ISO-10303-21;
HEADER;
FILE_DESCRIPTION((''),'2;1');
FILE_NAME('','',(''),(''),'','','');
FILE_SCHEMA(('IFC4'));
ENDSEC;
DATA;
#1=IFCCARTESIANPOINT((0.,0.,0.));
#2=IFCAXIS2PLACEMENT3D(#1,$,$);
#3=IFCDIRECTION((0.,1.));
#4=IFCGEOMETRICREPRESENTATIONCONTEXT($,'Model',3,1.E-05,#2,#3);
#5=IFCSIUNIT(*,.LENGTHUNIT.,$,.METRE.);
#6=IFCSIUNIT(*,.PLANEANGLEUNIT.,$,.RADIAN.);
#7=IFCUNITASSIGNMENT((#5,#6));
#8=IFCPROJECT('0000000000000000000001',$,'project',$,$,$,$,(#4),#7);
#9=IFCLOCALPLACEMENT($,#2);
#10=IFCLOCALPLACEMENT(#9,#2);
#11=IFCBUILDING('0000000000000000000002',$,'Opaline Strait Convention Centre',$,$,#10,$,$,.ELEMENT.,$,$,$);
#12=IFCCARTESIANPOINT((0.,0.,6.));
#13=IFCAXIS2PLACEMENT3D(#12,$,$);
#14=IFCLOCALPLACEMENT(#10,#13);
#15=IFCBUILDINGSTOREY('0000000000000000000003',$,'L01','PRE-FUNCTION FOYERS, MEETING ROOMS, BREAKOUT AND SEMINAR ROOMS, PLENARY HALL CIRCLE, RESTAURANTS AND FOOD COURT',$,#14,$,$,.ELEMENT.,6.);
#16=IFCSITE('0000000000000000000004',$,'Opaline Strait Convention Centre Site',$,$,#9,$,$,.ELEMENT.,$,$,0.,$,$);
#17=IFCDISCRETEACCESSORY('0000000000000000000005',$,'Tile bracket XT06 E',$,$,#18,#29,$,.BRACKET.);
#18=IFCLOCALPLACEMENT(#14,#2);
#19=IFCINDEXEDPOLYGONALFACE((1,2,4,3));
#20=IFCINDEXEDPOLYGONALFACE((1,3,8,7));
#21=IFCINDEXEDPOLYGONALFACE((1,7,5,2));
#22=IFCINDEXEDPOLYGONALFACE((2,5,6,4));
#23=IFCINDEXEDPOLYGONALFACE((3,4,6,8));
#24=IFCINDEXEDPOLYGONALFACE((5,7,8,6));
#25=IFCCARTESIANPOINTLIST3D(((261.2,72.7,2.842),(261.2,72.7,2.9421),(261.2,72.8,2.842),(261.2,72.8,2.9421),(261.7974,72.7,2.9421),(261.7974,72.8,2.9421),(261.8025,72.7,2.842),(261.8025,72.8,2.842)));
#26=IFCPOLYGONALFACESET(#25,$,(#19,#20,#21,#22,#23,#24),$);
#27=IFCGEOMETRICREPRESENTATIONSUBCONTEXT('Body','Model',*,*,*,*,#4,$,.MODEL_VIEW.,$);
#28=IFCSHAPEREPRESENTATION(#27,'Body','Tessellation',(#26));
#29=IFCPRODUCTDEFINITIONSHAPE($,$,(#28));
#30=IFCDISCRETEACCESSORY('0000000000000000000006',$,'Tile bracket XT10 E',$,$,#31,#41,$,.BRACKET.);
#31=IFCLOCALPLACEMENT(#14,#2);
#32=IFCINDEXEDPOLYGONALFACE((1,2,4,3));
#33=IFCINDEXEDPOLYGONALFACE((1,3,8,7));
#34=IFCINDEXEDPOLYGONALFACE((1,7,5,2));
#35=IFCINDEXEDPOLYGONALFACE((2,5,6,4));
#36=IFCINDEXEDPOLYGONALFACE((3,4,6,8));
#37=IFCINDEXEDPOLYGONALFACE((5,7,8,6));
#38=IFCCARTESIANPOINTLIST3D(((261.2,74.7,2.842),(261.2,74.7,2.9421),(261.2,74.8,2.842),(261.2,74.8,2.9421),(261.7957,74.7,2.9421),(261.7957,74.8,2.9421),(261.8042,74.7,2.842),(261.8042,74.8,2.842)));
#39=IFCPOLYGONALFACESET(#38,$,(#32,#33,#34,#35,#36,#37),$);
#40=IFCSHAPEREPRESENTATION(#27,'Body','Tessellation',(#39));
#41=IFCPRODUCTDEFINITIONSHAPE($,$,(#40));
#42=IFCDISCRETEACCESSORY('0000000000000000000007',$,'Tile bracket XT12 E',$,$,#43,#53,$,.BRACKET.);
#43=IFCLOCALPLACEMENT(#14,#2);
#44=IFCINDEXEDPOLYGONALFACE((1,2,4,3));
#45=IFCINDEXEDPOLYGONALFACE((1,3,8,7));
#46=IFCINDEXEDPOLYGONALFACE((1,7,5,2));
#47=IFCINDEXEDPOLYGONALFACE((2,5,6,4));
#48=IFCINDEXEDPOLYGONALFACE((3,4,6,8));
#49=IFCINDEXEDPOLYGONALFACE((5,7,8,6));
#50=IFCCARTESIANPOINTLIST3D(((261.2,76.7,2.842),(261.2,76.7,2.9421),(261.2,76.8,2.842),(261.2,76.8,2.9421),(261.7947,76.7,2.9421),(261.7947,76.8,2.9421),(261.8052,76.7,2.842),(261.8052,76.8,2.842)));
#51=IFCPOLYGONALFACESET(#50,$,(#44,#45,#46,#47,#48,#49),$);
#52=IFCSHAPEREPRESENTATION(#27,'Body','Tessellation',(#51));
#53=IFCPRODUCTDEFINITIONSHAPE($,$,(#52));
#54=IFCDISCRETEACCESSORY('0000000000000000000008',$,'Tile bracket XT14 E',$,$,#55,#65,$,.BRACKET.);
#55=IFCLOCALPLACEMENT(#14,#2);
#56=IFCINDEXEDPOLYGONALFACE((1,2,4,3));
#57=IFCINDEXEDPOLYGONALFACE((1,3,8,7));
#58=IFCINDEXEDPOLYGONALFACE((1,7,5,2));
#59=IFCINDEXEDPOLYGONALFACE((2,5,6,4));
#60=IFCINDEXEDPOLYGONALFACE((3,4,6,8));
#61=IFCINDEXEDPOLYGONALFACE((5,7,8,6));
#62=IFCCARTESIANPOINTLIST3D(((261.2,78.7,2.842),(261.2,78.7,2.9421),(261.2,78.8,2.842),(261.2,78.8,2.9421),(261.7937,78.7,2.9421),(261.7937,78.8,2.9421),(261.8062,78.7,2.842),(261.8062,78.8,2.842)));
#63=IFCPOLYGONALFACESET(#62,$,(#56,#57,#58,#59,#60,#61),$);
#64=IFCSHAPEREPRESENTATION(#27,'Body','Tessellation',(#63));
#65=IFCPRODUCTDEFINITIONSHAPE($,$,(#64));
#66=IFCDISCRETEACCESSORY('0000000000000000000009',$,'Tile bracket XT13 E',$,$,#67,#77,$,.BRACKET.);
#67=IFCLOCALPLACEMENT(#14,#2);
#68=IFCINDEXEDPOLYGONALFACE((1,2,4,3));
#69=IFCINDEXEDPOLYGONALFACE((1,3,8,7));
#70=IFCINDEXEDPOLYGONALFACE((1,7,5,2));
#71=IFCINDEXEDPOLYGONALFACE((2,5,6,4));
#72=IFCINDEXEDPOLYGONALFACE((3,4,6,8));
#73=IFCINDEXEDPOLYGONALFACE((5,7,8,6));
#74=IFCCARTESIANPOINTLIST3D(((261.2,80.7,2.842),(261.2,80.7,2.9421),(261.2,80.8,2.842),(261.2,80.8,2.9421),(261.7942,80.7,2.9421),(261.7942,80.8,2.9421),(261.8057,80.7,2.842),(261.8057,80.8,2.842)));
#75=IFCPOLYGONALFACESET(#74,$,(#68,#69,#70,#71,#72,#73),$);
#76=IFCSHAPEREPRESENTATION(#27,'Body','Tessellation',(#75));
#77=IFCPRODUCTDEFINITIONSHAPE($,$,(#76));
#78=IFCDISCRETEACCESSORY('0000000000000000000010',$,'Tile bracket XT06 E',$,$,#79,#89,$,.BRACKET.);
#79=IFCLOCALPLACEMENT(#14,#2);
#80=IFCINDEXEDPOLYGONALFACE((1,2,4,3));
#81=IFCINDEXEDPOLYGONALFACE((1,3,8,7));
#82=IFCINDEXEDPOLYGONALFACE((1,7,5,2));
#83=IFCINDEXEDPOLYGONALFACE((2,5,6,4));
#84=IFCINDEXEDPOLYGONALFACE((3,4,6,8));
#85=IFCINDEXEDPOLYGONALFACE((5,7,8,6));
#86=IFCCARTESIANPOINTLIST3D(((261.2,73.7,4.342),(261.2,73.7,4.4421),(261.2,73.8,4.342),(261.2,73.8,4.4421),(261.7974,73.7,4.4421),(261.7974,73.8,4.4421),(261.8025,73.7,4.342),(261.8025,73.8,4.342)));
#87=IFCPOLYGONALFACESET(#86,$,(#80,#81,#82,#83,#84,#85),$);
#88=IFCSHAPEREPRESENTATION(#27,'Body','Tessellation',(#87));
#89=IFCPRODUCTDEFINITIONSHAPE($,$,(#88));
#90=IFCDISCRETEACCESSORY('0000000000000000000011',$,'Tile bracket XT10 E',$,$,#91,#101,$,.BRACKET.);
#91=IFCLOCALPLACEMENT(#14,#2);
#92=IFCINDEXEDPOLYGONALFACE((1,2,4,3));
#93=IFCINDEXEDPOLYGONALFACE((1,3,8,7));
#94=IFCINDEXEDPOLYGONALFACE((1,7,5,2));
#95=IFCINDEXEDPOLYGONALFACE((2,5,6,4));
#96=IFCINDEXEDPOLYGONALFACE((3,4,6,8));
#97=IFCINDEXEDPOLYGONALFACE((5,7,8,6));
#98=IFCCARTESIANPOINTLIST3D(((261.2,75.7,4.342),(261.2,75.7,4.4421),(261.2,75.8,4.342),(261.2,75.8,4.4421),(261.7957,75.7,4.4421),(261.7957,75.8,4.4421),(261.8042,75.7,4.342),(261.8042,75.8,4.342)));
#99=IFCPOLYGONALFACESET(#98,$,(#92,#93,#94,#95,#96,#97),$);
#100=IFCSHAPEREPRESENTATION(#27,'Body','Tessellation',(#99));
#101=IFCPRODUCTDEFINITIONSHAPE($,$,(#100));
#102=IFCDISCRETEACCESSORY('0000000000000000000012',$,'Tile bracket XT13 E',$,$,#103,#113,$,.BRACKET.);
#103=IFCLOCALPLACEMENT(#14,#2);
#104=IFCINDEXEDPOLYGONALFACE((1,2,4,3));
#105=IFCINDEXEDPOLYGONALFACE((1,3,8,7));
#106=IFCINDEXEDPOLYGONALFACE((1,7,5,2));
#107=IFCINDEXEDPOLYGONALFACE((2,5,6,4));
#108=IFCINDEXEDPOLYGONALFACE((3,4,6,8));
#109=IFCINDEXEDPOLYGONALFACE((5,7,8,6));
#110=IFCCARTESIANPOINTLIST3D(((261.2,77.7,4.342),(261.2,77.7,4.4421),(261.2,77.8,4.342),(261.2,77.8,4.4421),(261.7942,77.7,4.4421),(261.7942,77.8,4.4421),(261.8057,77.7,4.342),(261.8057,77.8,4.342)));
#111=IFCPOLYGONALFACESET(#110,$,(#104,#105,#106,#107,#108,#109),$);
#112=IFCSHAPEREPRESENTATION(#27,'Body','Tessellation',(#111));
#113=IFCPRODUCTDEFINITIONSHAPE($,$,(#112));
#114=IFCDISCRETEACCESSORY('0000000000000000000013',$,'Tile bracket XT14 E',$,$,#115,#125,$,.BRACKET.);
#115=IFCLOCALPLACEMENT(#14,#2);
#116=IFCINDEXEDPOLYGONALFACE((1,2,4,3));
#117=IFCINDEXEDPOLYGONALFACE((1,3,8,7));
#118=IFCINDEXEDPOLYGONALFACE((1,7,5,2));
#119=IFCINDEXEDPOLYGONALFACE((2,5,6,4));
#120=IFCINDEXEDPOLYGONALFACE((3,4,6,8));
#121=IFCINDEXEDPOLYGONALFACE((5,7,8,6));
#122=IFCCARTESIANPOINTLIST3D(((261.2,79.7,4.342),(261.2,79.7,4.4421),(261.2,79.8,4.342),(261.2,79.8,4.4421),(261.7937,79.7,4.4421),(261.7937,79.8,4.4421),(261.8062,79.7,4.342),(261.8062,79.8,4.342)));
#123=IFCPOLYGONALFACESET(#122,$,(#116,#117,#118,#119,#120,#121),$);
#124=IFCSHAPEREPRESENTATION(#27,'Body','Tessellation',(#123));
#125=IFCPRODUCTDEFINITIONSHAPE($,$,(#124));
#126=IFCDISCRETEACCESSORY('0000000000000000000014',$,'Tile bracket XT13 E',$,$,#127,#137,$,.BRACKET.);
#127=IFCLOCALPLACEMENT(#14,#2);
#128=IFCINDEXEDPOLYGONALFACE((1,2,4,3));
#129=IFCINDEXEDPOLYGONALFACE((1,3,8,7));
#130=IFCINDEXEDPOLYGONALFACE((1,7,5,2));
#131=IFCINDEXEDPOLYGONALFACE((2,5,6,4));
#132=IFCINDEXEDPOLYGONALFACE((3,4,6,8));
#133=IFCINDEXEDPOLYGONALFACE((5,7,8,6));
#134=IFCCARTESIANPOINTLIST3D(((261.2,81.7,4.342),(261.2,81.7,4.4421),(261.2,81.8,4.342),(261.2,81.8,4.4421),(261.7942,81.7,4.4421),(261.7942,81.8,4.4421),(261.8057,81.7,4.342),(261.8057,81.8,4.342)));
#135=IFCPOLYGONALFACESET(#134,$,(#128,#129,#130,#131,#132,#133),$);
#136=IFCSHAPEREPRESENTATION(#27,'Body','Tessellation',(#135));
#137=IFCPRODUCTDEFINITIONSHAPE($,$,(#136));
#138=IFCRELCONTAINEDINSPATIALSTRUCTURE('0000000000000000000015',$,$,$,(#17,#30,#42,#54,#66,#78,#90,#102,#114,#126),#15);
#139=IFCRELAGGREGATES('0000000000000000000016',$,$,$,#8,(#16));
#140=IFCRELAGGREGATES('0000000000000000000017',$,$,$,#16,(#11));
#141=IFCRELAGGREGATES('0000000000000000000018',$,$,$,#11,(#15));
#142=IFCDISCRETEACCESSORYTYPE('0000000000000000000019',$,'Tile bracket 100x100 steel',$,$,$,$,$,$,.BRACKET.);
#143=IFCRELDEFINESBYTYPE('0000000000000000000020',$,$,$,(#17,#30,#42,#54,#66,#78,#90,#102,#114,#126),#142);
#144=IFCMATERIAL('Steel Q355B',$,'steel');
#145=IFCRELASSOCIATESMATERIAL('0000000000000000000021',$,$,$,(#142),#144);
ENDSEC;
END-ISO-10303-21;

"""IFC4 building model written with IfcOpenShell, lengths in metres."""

from ifc_helpers import new_model, si_unit, direction, frame, origin, place, context, subcontext, project, spatial, polyline, outline, extrude, material, type_object, element, save


model = new_model("IFC4")

# Units and contexts
model_context = context("Model", 3, precision=1e-05, world=origin(), true_north=direction((0.0, 1.0)))
body_context = subcontext(model_context, "Body", "Model", "MODEL_VIEW")
ifc_project = project(units=[si_unit("LENGTHUNIT", "METRE"), si_unit("PLANEANGLEUNIT", "RADIAN")], contexts=[model_context])

# Site, building, storey
site_placement = place(None, origin())
site = spatial("IfcSite", under=ifc_project, at=site_placement, Name="Opaline Strait Convention Centre Site", CompositionType="ELEMENT", RefElevation=0.0)
building_placement = place(site_placement, origin())
building = spatial("IfcBuilding", under=site, at=building_placement, Name="Opaline Strait Convention Centre", CompositionType="ELEMENT")
storey_placement = place(building_placement, frame((0.0, 0.0, 6.0)))
storey = spatial("IfcBuildingStorey", under=building, at=storey_placement, Name="L01", Description="PRE-FUNCTION FOYERS, MEETING ROOMS, BREAKOUT AND SEMINAR ROOMS, PLENARY HALL CIRCLE, RESTAURANTS AND FOOD COURT", CompositionType="ELEMENT", Elevation=6.0)

# Shared definitions
ifc_material_1 = material(Name="Steel Q355B", Category="steel")

# Discrete accessories
discrete_accessory_type = type_object("IfcDiscreteAccessoryType", Name="Tile bracket 100x100 steel", PredefinedType="BRACKET", material=ifc_material_1)
discrete_accessory_1_placement = place(storey_placement, frame((261.2, 72.7, 2.8921), z_axis=(0.0, 1.0, 0.0), x_axis=(-1.0, 0.0, 0.0)))
element("IfcDiscreteAccessory", 1, at=discrete_accessory_1_placement, inside=storey, type_object=discrete_accessory_type, Name="Tile bracket XT06 E", PredefinedType="BRACKET", context=body_context, shape_type="SweptSolid", body=[
    extrude(outline(polyline([(0.0, -0.05), (0.0, 0.05), (-0.5974, 0.05), (-0.6025, -0.05), (0.0, -0.05)])), origin(), (0.0, 0.0, 1.0), 0.1001),
])
discrete_accessory_2_placement = place(storey_placement, frame((261.2, 74.7, 2.8921), z_axis=(0.0, 1.0, 0.0), x_axis=(-1.0, 0.0, 0.0)))
element("IfcDiscreteAccessory", 2, at=discrete_accessory_2_placement, inside=storey, type_object=discrete_accessory_type, Name="Tile bracket XT10 E", PredefinedType="BRACKET", context=body_context, shape_type="SweptSolid", body=[
    extrude(outline(polyline([(0.0, -0.05), (0.0, 0.05), (-0.5957, 0.05), (-0.6042, -0.05), (0.0, -0.05)])), origin(), (0.0, 0.0, 1.0), 0.1001),
])
discrete_accessory_3_placement = place(storey_placement, frame((261.2, 76.7, 2.8921), z_axis=(0.0, 1.0, 0.0), x_axis=(-1.0, 0.0, 0.0)))
element("IfcDiscreteAccessory", 3, at=discrete_accessory_3_placement, inside=storey, type_object=discrete_accessory_type, Name="Tile bracket XT12 E", PredefinedType="BRACKET", context=body_context, shape_type="SweptSolid", body=[
    extrude(outline(polyline([(0.0, -0.05), (0.0, 0.05), (-0.5947, 0.05), (-0.6052, -0.05), (0.0, -0.05)])), origin(), (0.0, 0.0, 1.0), 0.1001),
])
discrete_accessory_4_placement = place(storey_placement, frame((261.2, 78.7, 2.8921), z_axis=(0.0, 1.0, 0.0), x_axis=(-1.0, 0.0, 0.0)))
element("IfcDiscreteAccessory", 4, at=discrete_accessory_4_placement, inside=storey, type_object=discrete_accessory_type, Name="Tile bracket XT14 E", PredefinedType="BRACKET", context=body_context, shape_type="SweptSolid", body=[
    extrude(outline(polyline([(0.0, -0.05), (0.0, 0.05), (-0.5938, 0.05), (-0.6062, -0.05), (0.0, -0.05)])), origin(), (0.0, 0.0, 1.0), 0.1001),
])
discrete_accessory_5_placement = place(storey_placement, frame((261.2, 80.7, 2.8921), z_axis=(0.0, 1.0, 0.0), x_axis=(-1.0, 0.0, 0.0)))
element("IfcDiscreteAccessory", 5, at=discrete_accessory_5_placement, inside=storey, type_object=discrete_accessory_type, Name="Tile bracket XT13 E", PredefinedType="BRACKET", context=body_context, shape_type="SweptSolid", body=[
    extrude(outline(polyline([(0.0, -0.05), (0.0, 0.05), (-0.5942, 0.05), (-0.6057, -0.05), (0.0, -0.05)])), origin(), (0.0, 0.0, 1.0), 0.1001),
])
discrete_accessory_6_placement = place(storey_placement, frame((261.2, 73.7, 4.3921), z_axis=(0.0, 1.0, 0.0), x_axis=(-1.0, 0.0, 0.0)))
element("IfcDiscreteAccessory", 6, at=discrete_accessory_6_placement, inside=storey, type_object=discrete_accessory_type, Name="Tile bracket XT06 E", PredefinedType="BRACKET", context=body_context, shape_type="SweptSolid", body=[
    extrude(outline(polyline([(0.0, -0.05), (0.0, 0.05), (-0.5974, 0.05), (-0.6025, -0.05), (0.0, -0.05)])), origin(), (0.0, 0.0, 1.0), 0.1001),
])
discrete_accessory_7_placement = place(storey_placement, frame((261.2, 75.7, 4.3921), z_axis=(0.0, 1.0, 0.0), x_axis=(-1.0, 0.0, 0.0)))
element("IfcDiscreteAccessory", 7, at=discrete_accessory_7_placement, inside=storey, type_object=discrete_accessory_type, Name="Tile bracket XT10 E", PredefinedType="BRACKET", context=body_context, shape_type="SweptSolid", body=[
    extrude(outline(polyline([(0.0, -0.05), (0.0, 0.05), (-0.5957, 0.05), (-0.6042, -0.05), (0.0, -0.05)])), origin(), (0.0, 0.0, 1.0), 0.1001),
])
discrete_accessory_8_placement = place(storey_placement, frame((261.2, 77.7, 4.3921), z_axis=(0.0, 1.0, 0.0), x_axis=(-1.0, 0.0, 0.0)))
element("IfcDiscreteAccessory", 8, at=discrete_accessory_8_placement, inside=storey, type_object=discrete_accessory_type, Name="Tile bracket XT13 E", PredefinedType="BRACKET", context=body_context, shape_type="SweptSolid", body=[
    extrude(outline(polyline([(0.0, -0.05), (0.0, 0.05), (-0.5942, 0.05), (-0.6057, -0.05), (0.0, -0.05)])), origin(), (0.0, 0.0, 1.0), 0.1001),
])
discrete_accessory_9_placement = place(storey_placement, frame((261.2, 79.7, 4.3921), z_axis=(0.0, 1.0, 0.0), x_axis=(-1.0, 0.0, 0.0)))
element("IfcDiscreteAccessory", 9, at=discrete_accessory_9_placement, inside=storey, type_object=discrete_accessory_type, Name="Tile bracket XT14 E", PredefinedType="BRACKET", context=body_context, shape_type="SweptSolid", body=[
    extrude(outline(polyline([(0.0, -0.05), (0.0, 0.05), (-0.5938, 0.05), (-0.6062, -0.05), (0.0, -0.05)])), origin(), (0.0, 0.0, 1.0), 0.1001),
])
discrete_accessory_10_placement = place(storey_placement, frame((261.2, 81.7, 4.3921), z_axis=(0.0, 1.0, 0.0), x_axis=(-1.0, 0.0, 0.0)))
element("IfcDiscreteAccessory", 10, at=discrete_accessory_10_placement, inside=storey, type_object=discrete_accessory_type, Name="Tile bracket XT13 E", PredefinedType="BRACKET", context=body_context, shape_type="SweptSolid", body=[
    extrude(outline(polyline([(0.0, -0.05), (0.0, 0.05), (-0.5942, 0.05), (-0.6057, -0.05), (0.0, -0.05)])), origin(), (0.0, 0.0, 1.0), 0.1001),
])

save(model, "model.ifc")
